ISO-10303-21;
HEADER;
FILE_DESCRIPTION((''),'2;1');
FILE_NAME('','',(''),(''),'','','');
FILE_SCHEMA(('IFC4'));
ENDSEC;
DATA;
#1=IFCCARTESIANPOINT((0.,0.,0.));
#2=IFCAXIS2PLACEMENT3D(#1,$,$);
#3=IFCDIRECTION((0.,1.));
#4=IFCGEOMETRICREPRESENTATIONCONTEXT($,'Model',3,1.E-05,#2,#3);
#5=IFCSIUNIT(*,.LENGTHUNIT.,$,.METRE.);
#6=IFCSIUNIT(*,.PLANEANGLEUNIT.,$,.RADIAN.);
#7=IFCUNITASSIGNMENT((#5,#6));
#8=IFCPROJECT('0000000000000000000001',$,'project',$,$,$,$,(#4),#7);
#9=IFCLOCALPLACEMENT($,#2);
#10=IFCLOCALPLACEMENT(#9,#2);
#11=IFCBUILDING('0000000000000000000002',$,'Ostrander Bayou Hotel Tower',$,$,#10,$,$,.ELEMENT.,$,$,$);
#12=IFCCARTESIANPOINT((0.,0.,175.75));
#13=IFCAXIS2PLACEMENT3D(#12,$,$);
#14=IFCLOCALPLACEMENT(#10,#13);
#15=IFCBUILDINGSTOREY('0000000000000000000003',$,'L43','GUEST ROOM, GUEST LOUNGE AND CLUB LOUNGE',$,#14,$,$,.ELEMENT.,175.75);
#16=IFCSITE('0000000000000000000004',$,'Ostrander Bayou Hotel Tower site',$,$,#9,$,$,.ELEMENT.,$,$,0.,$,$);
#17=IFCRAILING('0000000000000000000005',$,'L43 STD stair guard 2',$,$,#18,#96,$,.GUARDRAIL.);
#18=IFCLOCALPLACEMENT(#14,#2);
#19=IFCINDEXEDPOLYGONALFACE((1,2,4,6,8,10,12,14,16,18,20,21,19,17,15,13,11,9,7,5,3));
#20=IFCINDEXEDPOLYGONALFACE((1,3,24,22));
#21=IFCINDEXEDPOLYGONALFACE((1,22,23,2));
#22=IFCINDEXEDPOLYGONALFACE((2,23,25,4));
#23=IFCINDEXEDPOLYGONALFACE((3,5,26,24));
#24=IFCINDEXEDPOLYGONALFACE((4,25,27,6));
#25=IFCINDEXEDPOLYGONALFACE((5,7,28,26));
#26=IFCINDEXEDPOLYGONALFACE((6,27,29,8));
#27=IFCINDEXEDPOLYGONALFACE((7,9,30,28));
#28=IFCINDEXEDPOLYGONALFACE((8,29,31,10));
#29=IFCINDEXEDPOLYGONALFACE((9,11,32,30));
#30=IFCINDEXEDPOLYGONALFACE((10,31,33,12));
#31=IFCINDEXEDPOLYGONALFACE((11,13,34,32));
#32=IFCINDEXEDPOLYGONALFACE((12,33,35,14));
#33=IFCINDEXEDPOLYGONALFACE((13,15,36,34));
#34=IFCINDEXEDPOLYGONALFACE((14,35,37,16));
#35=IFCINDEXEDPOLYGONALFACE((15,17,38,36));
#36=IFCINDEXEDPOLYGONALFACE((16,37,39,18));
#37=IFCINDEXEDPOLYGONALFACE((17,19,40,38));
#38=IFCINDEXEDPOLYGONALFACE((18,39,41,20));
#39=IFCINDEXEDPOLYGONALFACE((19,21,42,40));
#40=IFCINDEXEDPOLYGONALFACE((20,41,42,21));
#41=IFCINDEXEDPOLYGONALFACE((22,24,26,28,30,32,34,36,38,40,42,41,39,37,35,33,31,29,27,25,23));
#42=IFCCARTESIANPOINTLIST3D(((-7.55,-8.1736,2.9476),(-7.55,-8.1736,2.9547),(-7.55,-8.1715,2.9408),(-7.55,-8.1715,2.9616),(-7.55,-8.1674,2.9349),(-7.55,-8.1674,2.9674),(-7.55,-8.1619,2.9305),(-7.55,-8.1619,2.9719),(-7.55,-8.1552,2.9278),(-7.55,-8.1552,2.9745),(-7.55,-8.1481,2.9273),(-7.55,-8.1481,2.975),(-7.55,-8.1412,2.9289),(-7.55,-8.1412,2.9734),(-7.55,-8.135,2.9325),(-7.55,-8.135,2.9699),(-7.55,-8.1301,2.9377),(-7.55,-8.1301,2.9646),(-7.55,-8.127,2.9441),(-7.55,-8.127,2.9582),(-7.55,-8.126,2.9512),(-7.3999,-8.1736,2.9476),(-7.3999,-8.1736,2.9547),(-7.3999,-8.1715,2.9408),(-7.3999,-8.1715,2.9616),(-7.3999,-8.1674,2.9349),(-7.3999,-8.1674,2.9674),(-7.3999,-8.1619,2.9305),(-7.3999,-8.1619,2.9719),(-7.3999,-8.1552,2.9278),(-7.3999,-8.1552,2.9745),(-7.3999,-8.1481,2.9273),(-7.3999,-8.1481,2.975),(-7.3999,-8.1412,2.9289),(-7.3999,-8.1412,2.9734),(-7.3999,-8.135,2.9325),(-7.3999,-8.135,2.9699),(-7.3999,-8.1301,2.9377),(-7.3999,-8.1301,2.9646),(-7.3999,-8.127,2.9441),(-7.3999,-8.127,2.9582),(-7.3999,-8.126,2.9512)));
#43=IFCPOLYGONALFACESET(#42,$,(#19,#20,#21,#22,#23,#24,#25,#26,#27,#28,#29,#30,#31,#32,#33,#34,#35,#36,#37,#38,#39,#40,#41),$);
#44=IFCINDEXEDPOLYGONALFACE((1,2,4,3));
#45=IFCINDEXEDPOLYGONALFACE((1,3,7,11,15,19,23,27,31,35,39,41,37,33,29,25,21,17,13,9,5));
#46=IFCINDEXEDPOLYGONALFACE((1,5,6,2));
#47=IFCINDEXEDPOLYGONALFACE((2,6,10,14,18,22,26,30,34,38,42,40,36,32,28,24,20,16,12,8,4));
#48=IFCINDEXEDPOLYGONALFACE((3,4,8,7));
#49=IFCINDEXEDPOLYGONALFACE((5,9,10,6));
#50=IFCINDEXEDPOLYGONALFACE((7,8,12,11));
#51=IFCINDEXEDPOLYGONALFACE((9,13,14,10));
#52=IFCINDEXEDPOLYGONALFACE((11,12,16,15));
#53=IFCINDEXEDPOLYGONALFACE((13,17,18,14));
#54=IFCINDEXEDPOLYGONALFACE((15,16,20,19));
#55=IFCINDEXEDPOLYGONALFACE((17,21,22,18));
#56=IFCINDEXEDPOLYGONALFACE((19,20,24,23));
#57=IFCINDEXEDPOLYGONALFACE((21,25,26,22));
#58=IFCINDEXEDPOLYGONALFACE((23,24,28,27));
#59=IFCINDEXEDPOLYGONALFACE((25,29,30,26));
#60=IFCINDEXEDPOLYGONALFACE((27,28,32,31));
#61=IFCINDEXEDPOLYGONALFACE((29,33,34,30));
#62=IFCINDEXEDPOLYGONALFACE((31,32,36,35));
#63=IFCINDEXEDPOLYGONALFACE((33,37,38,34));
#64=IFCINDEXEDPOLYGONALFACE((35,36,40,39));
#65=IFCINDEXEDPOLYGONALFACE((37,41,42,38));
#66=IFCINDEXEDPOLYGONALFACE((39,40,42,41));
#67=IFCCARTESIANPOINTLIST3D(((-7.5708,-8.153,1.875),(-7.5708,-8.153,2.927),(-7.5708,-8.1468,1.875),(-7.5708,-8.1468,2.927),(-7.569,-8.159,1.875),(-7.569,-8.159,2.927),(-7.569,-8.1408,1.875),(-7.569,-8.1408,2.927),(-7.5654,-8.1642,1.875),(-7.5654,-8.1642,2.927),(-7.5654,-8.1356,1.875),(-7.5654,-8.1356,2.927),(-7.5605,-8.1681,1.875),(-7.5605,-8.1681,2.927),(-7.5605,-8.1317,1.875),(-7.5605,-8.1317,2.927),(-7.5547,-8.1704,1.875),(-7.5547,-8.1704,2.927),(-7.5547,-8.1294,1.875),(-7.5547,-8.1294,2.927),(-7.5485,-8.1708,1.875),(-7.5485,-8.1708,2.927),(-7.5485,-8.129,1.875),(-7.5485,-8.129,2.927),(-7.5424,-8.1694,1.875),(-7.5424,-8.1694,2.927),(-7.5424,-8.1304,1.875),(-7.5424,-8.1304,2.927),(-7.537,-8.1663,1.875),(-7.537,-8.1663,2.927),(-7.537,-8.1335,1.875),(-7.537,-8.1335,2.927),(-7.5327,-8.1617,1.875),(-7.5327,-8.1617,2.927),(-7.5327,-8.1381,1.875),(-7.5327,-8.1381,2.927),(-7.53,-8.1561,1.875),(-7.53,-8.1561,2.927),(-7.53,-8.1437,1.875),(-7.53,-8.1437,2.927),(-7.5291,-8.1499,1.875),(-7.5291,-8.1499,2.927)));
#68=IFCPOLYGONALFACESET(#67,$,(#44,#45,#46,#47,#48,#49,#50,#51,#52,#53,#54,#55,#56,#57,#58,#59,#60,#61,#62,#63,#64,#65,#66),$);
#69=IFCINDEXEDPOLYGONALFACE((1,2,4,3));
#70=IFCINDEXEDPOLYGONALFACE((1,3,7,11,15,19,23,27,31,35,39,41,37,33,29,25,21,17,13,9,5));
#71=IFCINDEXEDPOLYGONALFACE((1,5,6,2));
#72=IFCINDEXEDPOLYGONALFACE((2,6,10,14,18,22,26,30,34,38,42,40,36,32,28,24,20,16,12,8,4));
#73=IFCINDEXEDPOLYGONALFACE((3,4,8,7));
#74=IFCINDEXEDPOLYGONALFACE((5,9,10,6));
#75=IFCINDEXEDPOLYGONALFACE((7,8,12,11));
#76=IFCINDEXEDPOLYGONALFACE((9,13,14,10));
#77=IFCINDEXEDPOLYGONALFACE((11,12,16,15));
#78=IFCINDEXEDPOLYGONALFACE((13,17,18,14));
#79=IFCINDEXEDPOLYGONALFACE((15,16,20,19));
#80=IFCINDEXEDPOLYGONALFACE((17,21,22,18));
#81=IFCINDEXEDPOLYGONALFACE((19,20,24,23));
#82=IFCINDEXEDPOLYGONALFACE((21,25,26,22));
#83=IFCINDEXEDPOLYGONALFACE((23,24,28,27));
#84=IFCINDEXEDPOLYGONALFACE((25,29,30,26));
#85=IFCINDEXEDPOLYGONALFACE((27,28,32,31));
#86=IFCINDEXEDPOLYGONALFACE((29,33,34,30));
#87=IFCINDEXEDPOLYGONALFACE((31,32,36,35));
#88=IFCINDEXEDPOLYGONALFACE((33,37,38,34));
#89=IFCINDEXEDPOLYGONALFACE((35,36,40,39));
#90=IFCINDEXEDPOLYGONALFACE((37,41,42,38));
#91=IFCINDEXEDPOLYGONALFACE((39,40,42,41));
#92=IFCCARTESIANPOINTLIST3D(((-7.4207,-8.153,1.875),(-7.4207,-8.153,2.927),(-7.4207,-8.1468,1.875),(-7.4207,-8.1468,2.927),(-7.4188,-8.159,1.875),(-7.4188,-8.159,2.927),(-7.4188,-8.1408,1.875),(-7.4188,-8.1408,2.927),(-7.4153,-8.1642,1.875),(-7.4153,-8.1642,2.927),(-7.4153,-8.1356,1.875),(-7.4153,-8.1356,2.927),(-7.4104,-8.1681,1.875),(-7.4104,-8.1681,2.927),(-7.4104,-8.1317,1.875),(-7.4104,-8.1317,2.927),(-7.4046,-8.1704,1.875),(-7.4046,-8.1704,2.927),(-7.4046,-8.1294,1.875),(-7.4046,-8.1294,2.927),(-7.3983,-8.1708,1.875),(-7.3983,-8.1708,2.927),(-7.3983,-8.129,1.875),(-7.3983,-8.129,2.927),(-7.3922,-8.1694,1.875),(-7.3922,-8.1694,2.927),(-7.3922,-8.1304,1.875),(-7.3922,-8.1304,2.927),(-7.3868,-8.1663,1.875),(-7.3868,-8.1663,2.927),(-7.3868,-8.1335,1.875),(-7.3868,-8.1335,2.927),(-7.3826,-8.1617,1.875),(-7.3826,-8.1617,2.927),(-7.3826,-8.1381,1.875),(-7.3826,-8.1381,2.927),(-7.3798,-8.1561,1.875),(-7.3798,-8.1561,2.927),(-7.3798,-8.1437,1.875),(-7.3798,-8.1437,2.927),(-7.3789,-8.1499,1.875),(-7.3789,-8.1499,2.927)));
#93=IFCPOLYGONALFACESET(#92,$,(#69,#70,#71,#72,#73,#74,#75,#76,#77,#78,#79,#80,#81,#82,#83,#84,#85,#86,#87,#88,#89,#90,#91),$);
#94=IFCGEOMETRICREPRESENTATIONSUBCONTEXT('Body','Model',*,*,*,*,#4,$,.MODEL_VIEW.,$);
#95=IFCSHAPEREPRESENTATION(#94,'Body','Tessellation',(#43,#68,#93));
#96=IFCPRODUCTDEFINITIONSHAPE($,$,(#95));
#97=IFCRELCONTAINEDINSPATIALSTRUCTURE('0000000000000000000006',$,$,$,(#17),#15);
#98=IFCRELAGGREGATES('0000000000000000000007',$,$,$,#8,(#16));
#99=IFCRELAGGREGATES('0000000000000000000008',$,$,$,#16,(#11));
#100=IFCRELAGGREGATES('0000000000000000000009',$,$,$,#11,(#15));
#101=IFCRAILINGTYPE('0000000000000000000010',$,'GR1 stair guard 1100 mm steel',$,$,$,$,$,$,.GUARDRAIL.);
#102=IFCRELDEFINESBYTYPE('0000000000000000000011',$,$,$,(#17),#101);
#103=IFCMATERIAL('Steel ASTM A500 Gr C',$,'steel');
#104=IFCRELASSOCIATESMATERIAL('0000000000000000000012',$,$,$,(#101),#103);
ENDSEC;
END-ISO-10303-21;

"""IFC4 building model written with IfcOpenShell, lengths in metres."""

from ifc_helpers import new_model, si_unit, direction, frame, origin, origin_2d, place, context, subcontext, project, spatial, circle, extrude, material, type_object, element, save


model = new_model("IFC4")

# Units and contexts
model_context = context("Model", 3, precision=1e-05, world=origin(), true_north=direction((0.0, 1.0)))
body_context = subcontext(model_context, "Body", "Model", "MODEL_VIEW")
ifc_project = project(units=[si_unit("LENGTHUNIT", "METRE"), si_unit("PLANEANGLEUNIT", "RADIAN")], contexts=[model_context])

# Site, building, storey
site_placement = place(None, origin())
site = spatial("IfcSite", under=ifc_project, at=site_placement, Name="Ostrander Bayou Hotel Tower site", CompositionType="ELEMENT", RefElevation=0.0)
building_placement = place(site_placement, origin())
building = spatial("IfcBuilding", under=site, at=building_placement, Name="Ostrander Bayou Hotel Tower", CompositionType="ELEMENT")
storey_placement = place(building_placement, frame((0.0, 0.0, 175.75)))
storey = spatial("IfcBuildingStorey", under=building, at=storey_placement, Name="L43", Description="GUEST ROOM, GUEST LOUNGE AND CLUB LOUNGE", CompositionType="ELEMENT", Elevation=175.75)

# Railing
ifc_material_1 = material(Name="Steel ASTM A500 Gr C", Category="steel")
railing_type_1 = type_object("IfcRailingType", Name="GR1 stair guard 1100 mm steel", PredefinedType="GUARDRAIL", material=ifc_material_1)
railing_1_placement = place(storey_placement, frame((-7.55, -8.1499, 1.875)))
element("IfcRailing", 1, at=railing_1_placement, inside=storey, type_object=railing_type_1, Name="L43 STD stair guard 2", PredefinedType="GUARDRAIL", context=body_context, shape_type="SweptSolid", body=[
    extrude(circle(Radius=0.0239, at=origin_2d()), frame((0.0, 0.0, 1.0762), z_axis=(1.0, 0.0, 0.0), x_axis=(0.0, 1.0, 0.0)), (0.0, 0.0, 1.0), 0.1501),
    extrude(circle(Radius=0.021, at=origin_2d()), origin(), (0.0, 0.0, 1.0), 1.052),
    extrude(circle(Radius=0.021, at=origin_2d()), frame((0.1501, 0.0, 0.0)), (0.0, 0.0, 1.0), 1.052),
])

save(model, "model.ifc")
